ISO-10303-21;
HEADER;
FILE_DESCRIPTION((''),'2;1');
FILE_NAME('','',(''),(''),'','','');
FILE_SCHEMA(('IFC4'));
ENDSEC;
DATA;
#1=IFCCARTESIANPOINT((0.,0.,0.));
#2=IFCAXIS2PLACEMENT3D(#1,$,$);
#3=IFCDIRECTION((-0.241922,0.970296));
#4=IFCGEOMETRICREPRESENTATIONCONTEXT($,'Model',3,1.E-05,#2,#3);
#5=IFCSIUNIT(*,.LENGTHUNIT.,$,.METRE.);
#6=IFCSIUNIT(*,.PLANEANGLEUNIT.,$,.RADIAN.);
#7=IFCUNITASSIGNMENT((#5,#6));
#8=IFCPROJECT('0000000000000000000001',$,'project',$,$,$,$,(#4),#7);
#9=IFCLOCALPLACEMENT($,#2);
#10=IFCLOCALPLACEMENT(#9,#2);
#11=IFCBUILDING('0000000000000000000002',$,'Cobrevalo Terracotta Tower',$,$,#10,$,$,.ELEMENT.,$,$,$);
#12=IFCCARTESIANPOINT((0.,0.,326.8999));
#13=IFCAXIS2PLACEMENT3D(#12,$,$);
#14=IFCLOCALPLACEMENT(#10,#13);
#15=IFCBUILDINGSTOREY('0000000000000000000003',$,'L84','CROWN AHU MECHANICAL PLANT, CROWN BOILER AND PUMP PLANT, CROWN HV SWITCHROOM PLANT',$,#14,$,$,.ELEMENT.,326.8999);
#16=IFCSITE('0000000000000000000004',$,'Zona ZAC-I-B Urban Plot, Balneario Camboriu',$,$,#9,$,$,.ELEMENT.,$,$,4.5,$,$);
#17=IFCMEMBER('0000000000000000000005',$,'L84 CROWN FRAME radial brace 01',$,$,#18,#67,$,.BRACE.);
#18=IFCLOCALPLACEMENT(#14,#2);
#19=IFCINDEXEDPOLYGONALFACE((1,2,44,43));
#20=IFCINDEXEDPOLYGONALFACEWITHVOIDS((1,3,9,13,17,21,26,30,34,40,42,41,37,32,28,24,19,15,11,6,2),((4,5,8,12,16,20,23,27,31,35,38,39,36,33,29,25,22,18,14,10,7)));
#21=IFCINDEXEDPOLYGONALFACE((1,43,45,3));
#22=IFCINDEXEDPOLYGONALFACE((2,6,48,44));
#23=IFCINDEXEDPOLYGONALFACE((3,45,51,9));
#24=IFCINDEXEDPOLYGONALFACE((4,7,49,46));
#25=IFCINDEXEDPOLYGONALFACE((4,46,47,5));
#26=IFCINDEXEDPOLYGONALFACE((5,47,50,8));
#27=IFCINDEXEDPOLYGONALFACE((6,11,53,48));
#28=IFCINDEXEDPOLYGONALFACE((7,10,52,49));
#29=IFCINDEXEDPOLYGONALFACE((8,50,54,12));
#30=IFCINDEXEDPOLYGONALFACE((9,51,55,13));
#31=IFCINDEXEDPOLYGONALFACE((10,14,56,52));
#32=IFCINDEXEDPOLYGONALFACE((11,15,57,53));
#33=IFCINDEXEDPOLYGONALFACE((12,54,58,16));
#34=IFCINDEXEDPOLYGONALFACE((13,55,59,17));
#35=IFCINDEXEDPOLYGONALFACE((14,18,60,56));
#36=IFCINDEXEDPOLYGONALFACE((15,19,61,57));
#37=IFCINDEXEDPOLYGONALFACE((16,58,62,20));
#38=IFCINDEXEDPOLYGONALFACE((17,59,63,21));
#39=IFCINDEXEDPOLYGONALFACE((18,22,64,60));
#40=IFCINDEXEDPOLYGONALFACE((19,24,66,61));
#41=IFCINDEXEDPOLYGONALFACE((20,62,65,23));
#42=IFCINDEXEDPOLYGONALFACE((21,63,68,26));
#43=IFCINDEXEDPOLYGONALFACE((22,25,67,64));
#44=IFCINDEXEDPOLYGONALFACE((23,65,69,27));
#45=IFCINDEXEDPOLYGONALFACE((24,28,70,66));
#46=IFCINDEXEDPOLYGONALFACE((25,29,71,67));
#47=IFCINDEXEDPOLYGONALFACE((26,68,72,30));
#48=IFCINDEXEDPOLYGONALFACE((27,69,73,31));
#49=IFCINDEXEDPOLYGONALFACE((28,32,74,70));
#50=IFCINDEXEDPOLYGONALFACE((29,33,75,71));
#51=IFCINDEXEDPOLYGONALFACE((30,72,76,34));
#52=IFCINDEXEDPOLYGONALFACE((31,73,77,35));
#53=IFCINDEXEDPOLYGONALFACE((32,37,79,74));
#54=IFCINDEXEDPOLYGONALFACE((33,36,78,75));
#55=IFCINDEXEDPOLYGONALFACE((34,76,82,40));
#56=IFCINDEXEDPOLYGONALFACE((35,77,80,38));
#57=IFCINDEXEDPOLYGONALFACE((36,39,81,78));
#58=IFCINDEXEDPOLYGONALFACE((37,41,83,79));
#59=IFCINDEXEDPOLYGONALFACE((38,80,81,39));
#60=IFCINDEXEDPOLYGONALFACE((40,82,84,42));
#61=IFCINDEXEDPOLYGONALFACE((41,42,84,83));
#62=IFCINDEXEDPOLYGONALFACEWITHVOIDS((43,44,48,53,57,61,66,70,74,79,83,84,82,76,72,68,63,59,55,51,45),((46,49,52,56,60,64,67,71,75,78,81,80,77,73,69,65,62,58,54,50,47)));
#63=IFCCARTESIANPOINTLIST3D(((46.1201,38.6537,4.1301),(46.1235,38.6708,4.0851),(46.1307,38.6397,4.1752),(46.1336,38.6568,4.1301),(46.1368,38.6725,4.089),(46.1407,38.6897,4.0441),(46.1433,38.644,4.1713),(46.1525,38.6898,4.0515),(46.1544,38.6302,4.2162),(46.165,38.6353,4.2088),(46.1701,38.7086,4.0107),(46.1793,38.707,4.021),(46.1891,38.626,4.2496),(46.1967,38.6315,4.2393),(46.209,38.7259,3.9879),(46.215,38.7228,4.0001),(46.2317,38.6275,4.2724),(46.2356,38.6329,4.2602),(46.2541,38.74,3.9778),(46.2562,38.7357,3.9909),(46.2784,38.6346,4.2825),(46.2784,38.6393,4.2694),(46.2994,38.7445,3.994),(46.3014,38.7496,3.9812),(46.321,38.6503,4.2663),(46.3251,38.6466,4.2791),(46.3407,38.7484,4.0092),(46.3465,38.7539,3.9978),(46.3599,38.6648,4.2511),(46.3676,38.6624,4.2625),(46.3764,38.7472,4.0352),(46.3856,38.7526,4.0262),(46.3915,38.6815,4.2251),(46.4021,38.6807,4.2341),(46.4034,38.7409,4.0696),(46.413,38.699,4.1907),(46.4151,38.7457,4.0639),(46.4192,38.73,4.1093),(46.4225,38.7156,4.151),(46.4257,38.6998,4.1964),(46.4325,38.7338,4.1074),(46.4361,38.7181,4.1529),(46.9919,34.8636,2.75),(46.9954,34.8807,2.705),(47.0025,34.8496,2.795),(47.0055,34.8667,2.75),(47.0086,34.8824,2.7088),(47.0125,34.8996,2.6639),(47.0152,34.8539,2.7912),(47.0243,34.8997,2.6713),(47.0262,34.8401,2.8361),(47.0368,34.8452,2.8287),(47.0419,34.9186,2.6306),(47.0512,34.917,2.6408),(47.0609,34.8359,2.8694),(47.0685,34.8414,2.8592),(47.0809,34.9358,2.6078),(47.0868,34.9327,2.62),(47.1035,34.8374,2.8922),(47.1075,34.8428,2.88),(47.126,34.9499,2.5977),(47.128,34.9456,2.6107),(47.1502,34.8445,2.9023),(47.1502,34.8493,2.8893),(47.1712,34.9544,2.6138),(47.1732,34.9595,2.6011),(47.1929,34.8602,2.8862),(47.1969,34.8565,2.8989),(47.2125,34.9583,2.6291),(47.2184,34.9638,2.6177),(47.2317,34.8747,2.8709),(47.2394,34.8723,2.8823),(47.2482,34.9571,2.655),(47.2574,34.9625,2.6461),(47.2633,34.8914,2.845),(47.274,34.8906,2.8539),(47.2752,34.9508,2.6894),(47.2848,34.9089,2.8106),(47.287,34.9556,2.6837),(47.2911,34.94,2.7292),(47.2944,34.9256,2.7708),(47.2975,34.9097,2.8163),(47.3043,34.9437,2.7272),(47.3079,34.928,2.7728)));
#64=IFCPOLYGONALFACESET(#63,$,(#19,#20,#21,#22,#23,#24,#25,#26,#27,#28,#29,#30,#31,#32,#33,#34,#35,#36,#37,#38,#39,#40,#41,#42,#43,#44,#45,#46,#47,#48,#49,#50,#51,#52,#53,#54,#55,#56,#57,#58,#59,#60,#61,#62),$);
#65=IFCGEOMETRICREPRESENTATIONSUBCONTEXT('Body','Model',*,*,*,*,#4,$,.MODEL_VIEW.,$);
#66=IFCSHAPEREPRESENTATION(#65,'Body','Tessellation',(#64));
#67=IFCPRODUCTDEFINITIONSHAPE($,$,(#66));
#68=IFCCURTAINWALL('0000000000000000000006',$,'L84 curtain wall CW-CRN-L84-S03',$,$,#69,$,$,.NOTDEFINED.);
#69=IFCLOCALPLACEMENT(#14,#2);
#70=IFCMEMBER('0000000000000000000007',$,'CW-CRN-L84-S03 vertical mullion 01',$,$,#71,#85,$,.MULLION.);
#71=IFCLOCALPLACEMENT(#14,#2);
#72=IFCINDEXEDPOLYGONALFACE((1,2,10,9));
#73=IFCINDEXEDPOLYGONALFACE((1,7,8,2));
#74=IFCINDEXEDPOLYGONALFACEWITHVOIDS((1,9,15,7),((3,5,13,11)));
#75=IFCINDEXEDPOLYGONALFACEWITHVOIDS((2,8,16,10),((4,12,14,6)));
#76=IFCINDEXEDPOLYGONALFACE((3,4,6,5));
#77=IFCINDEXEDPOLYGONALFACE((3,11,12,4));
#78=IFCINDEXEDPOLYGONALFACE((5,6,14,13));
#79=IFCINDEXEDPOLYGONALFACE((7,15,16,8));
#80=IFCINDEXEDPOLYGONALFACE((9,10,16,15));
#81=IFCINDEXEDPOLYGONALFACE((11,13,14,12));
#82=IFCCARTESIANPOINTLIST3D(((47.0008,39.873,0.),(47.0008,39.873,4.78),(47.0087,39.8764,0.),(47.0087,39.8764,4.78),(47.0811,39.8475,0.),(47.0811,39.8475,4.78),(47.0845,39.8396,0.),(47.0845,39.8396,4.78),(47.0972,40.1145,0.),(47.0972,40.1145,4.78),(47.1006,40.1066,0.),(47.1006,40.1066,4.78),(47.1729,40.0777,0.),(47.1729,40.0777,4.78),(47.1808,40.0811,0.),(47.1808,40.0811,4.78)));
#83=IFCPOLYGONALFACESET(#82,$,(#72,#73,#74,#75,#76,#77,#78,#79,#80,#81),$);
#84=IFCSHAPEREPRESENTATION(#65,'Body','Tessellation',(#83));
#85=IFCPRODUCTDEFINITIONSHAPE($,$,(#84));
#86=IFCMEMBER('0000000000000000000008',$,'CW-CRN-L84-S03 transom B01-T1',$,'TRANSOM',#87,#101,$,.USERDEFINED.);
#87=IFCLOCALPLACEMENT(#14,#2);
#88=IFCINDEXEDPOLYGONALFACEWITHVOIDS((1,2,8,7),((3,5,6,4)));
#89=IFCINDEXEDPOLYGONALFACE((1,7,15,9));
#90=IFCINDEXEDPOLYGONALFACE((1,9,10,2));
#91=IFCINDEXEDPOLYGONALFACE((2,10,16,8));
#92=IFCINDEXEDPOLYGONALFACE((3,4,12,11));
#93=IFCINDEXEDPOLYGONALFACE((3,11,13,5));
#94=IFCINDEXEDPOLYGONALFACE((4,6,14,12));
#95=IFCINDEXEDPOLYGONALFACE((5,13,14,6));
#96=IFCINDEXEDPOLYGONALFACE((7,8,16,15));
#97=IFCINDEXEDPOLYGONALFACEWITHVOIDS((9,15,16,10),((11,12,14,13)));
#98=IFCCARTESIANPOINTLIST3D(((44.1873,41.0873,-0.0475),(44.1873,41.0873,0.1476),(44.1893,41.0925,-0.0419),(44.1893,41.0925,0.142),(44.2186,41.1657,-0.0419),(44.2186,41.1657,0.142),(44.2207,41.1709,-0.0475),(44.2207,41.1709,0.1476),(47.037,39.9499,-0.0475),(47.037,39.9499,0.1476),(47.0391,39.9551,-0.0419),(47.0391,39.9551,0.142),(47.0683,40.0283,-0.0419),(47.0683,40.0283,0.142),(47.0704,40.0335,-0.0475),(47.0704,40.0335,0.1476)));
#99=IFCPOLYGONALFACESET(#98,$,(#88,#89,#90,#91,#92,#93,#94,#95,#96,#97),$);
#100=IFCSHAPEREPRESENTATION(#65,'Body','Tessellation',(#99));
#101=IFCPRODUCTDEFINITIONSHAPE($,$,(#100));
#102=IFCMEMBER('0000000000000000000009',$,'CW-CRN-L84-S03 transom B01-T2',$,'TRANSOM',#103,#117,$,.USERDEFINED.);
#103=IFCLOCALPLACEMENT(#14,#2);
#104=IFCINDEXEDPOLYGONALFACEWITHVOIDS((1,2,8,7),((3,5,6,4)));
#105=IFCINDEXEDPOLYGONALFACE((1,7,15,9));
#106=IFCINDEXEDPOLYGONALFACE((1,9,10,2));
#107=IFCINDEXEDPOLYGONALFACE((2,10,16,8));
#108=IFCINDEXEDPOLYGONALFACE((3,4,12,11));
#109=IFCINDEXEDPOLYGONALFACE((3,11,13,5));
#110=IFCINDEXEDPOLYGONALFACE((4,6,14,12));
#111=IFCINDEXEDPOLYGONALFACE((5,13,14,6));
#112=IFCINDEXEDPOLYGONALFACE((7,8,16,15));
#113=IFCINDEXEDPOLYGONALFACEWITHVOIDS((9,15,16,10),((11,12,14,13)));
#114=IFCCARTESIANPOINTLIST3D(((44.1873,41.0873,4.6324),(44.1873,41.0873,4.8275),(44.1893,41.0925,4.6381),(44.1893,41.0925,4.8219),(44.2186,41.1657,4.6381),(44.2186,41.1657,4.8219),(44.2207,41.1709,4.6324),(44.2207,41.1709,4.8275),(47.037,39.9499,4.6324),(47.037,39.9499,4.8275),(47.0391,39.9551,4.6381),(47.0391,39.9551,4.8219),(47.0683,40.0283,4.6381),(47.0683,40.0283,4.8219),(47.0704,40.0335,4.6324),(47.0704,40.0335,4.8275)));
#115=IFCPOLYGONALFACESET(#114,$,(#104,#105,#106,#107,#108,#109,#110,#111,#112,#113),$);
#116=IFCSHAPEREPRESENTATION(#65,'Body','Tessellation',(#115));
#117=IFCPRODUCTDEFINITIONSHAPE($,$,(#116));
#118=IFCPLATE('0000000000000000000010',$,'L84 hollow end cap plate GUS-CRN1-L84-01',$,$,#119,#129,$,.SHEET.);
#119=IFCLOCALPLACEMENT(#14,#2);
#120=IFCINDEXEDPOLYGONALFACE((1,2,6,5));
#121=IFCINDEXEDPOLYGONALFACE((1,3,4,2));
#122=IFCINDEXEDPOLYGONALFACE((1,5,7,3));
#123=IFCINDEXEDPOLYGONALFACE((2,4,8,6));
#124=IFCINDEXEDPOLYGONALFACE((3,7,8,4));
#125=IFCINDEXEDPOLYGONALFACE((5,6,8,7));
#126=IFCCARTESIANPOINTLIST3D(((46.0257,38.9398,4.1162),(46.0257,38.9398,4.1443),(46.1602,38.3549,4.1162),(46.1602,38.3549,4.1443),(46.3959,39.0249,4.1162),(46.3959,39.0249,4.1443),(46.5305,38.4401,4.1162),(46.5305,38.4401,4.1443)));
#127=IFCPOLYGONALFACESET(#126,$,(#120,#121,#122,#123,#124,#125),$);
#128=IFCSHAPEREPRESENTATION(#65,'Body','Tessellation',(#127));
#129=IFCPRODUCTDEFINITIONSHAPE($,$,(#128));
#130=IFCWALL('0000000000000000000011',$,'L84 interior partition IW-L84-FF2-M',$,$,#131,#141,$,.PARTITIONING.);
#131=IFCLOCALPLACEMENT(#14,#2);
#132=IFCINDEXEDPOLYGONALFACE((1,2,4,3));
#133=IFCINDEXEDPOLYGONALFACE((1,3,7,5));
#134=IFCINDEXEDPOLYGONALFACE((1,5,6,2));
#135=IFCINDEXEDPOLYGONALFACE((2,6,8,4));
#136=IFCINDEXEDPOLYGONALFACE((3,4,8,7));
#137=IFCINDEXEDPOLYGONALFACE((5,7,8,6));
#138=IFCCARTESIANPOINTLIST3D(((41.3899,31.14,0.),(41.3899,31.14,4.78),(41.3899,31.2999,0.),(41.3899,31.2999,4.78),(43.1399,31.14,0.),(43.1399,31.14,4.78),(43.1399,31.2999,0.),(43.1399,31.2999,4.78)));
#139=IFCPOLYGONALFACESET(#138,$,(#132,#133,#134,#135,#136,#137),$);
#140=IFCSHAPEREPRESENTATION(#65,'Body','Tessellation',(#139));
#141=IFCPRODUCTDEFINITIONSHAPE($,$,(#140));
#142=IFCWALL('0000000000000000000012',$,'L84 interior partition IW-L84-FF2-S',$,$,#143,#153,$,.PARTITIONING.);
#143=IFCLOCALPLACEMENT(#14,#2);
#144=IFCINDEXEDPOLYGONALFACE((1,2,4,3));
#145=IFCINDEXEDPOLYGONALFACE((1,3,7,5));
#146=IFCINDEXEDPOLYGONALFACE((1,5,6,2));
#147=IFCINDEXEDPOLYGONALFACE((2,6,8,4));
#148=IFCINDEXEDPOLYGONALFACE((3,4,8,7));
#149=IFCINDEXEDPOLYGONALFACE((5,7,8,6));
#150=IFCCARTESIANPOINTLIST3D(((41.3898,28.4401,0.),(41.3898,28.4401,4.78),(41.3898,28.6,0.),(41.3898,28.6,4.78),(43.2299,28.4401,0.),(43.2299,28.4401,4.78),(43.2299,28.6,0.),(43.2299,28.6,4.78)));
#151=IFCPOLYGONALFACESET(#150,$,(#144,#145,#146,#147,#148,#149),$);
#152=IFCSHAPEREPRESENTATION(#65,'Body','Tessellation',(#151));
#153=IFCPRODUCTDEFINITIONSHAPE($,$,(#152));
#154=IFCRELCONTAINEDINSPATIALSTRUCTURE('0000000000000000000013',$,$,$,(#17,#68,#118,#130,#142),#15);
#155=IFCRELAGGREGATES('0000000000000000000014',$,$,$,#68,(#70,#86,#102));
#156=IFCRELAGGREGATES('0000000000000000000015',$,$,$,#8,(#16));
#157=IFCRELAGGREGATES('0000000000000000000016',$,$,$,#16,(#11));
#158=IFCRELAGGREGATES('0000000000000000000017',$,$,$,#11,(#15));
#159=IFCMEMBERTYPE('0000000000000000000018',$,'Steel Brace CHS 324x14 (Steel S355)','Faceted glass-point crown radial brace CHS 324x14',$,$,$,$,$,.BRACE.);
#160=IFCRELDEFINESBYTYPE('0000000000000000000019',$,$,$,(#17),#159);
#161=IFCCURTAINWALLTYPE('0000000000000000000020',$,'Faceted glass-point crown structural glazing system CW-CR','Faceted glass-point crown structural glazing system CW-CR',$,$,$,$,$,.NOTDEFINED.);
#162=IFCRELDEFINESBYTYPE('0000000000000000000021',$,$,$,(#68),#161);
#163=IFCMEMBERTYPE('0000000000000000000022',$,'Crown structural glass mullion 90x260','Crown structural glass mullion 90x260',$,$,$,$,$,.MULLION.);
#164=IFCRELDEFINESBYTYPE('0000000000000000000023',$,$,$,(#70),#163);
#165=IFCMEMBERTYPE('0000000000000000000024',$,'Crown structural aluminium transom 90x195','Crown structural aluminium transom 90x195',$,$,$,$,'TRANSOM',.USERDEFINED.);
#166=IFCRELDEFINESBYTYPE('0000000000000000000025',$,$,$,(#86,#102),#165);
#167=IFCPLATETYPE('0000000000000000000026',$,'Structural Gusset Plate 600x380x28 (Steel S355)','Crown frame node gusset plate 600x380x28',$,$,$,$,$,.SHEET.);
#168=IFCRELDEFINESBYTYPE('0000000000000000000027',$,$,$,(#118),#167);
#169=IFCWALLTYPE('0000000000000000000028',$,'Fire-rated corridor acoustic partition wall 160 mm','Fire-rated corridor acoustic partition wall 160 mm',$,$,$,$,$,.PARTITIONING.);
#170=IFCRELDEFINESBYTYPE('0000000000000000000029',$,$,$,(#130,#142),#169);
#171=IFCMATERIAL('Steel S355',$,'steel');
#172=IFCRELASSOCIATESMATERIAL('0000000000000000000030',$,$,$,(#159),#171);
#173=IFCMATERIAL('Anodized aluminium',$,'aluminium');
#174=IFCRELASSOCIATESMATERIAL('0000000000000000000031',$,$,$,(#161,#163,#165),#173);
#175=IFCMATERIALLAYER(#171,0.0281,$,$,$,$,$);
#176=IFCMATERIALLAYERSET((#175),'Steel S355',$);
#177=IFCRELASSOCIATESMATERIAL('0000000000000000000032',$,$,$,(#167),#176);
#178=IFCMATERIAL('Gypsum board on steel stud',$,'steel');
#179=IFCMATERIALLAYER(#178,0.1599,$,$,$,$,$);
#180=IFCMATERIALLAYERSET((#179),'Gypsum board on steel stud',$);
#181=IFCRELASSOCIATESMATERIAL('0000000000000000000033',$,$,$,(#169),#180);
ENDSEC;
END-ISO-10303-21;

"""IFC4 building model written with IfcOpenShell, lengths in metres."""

from ifc_helpers import new_model, si_unit, direction, frame, frame_2d, origin, origin_2d, place, context, subcontext, project, spatial, rectangle, hollow_rectangle, hollow_circle, extrude, source, transform, mapped, material, layer, layer_set, material_profile, profile_set, type_object, element, aggregate, save


model = new_model("IFC4")

# Units and contexts
model_context = context("Model", 3, precision=1e-05, world=origin(), true_north=direction((-0.241922, 0.970296)))
body_context = subcontext(model_context, "Body", "Model", "MODEL_VIEW")
ifc_project = project(units=[si_unit("LENGTHUNIT", "METRE"), si_unit("PLANEANGLEUNIT", "RADIAN")], contexts=[model_context])

# Site, building, storey
site_placement = place(None, origin())
site = spatial("IfcSite", under=ifc_project, at=site_placement, Name="Zona ZAC-I-B Urban Plot, Balneario Camboriu", CompositionType="ELEMENT", RefElevation=4.5)
building_placement = place(site_placement, origin())
building = spatial("IfcBuilding", under=site, at=building_placement, Name="Cobrevalo Terracotta Tower", CompositionType="ELEMENT")
storey_placement = place(building_placement, frame((0.0, 0.0, 326.8999)))
storey = spatial("IfcBuildingStorey", under=building, at=storey_placement, Name="L84", Description="CROWN AHU MECHANICAL PLANT, CROWN BOILER AND PUMP PLANT, CROWN HV SWITCHROOM PLANT", CompositionType="ELEMENT", Elevation=326.8999)

# Shared definitions
ifc_material_1 = material(Name="Steel S355", Category="steel")

# Member
ifc_material_profile_1 = material_profile(ifc_material_1, hollow_circle(Radius=0.1621, WallThickness=0.0139, at=origin_2d()), Name="CHS 324x14")
ifc_profile_set_1 = profile_set([ifc_material_profile_1], Name="Steel S355")
member_type_1 = type_object("IfcMemberType", Name="Steel Brace CHS 324x14 (Steel S355)", Description="Faceted glass-point crown radial brace CHS 324x14", PredefinedType="BRACE", material=ifc_profile_set_1)
shared_shape_1 = source(origin(), body_context, "Body", "SweptSolid", [
    extrude(hollow_circle(Radius=0.1621, WallThickness=0.0139, at=origin_2d()), origin(), (0.0, 0.0, 1.0), 4.1267),
])
member_1_placement = place(storey_placement, frame((47.1499, 34.8999, 2.75), z_axis=(-0.211267, 0.91843, 0.334443), x_axis=(-0.974549, -0.224176, 0.0)))
element("IfcMember", 1, at=member_1_placement, inside=storey, type_object=member_type_1, Name="L84 CROWN FRAME radial brace 01", PredefinedType="BRACE", context=body_context, shape_type="MappedRepresentation", body=[
    mapped(shared_shape_1, transform((0.0, 0.0, 0.0), scale=1.0)),
])

# Curtain wall, members
ifc_material_2 = material(Name="Anodized aluminium", Category="aluminium")
curtain_wall_type = type_object("IfcCurtainWallType", Name="Faceted glass-point crown structural glazing system CW-CR", Description="Faceted glass-point crown structural glazing system CW-CR", PredefinedType="NOTDEFINED", material=ifc_material_2)
curtain_wall_placement = place(storey_placement, origin())
curtain_wall = element("IfcCurtainWall", 2, at=curtain_wall_placement, inside=storey, type_object=curtain_wall_type, Name="L84 curtain wall CW-CRN-L84-S03", PredefinedType="NOTDEFINED")
ifc_material_profile_2 = material_profile(ifc_material_2, hollow_rectangle(XDim=0.0901, YDim=0.26, WallThickness=0.0061, at=origin_2d()), Name="CWM 90x260")
ifc_profile_set_2 = profile_set([ifc_material_profile_2], Name="Anodized aluminium")
member_type_2 = type_object("IfcMemberType", Name="Crown structural glass mullion 90x260", Description="Crown structural glass mullion 90x260", PredefinedType="MULLION", material=ifc_profile_set_2)
shared_shape_2 = source(origin(), body_context, "Body", "SweptSolid", [
    extrude(hollow_rectangle(XDim=0.0901, YDim=0.26, WallThickness=0.0061, at=origin_2d()), origin(), (0.0, 0.0, 1.0), 4.78),
])
member_2_placement = place(storey_placement, frame((47.0908, 39.9771, 0.0), z_axis=(0.0, 0.0, 1.0), x_axis=(-0.928771, 0.370655, 0.0)))
member_2 = element("IfcMember", 3, at=member_2_placement, type_object=member_type_2, Name="CW-CRN-L84-S03 vertical mullion 01", PredefinedType="MULLION", context=body_context, shape_type="MappedRepresentation", body=[
    mapped(shared_shape_2, transform((0.0, 0.0, 0.0), scale=1.0)),
])
ifc_material_profile_3 = material_profile(ifc_material_2, hollow_rectangle(XDim=0.0901, YDim=0.1951, WallThickness=0.0056, at=origin_2d()), Name="CWT 90x195")
ifc_profile_set_3 = profile_set([ifc_material_profile_3], Name="Anodized aluminium")
member_type_3 = type_object("IfcMemberType", Name="Crown structural aluminium transom 90x195", Description="Crown structural aluminium transom 90x195", ElementType="TRANSOM", PredefinedType="USERDEFINED", material=ifc_profile_set_3)
shared_shape_3 = source(origin(), body_context, "Body", "SweptSolid", [
    extrude(hollow_rectangle(XDim=0.0901, YDim=0.1951, WallThickness=0.0056, at=origin_2d()), origin(), (0.0, 0.0, 1.0), 3.0684),
])
member_3_placement = place(storey_placement, frame((47.0537, 39.9917, 0.05), z_axis=(-0.928756, 0.370691, 0.0), x_axis=(-0.370691, -0.928756, 0.0)))
member_3 = element("IfcMember", 4, at=member_3_placement, type_object=member_type_3, Name="CW-CRN-L84-S03 transom B01-T1", ObjectType="TRANSOM", PredefinedType="USERDEFINED", context=body_context, shape_type="MappedRepresentation", body=[
    mapped(shared_shape_3, transform((0.0, 0.0, 0.0), scale=1.0)),
])
member_4_placement = place(storey_placement, frame((47.0537, 39.9917, 4.73), z_axis=(-0.928756, 0.370691, 0.0), x_axis=(-0.370691, -0.928756, 0.0)))
member_4 = element("IfcMember", 5, at=member_4_placement, type_object=member_type_3, Name="CW-CRN-L84-S03 transom B01-T2", ObjectType="TRANSOM", PredefinedType="USERDEFINED", context=body_context, shape_type="MappedRepresentation", body=[
    mapped(shared_shape_3, transform((0.0, 0.0, 0.0), scale=1.0)),
])
aggregate(curtain_wall, [member_2, member_3, member_4])

# Plate
ifc_layer_1 = layer(ifc_material_1, 0.0281)
ifc_layer_set_1 = layer_set([ifc_layer_1], Name="Steel S355")
plate_type = type_object("IfcPlateType", Name="Structural Gusset Plate 600x380x28 (Steel S355)", Description="Crown frame node gusset plate 600x380x28", PredefinedType="SHEET", material=ifc_layer_set_1)
shared_shape_4 = source(origin(), body_context, "Body", "SweptSolid", [
    extrude(rectangle(XDim=0.6001, YDim=0.3799, at=origin_2d()), origin(), (0.0, 0.0, 1.0), 0.0281),
])
plate_placement = place(storey_placement, frame((46.2781, 38.6899, 4.1162), z_axis=(0.0, 0.0, 1.0), x_axis=(-0.224221, 0.974538, 0.0)))
element("IfcPlate", 6, at=plate_placement, inside=storey, type_object=plate_type, Name="L84 hollow end cap plate GUS-CRN1-L84-01", PredefinedType="SHEET", context=body_context, shape_type="MappedRepresentation", body=[
    mapped(shared_shape_4, transform((0.0, 0.0, 0.0), scale=1.0)),
])

# Walls
ifc_material_3 = material(Name="Gypsum board on steel stud", Category="steel")
ifc_layer_2 = layer(ifc_material_3, 0.1599)
ifc_layer_set_2 = layer_set([ifc_layer_2], Name="Gypsum board on steel stud")
wall_type_1 = type_object("IfcWallType", Name="Fire-rated corridor acoustic partition wall 160 mm", Description="Fire-rated corridor acoustic partition wall 160 mm", PredefinedType="PARTITIONING", material=ifc_layer_set_2)
wall_1_placement = place(storey_placement, frame((41.3899, 31.22, 0.0), z_axis=(0.0, 0.0, 1.0), x_axis=(1.0, 0.0, 0.0)))
element("IfcWall", 7, at=wall_1_placement, inside=storey, type_object=wall_type_1, Name="L84 interior partition IW-L84-FF2-M", PredefinedType="PARTITIONING", context=body_context, shape_type="SweptSolid", body=[
    extrude(rectangle(XDim=1.75, YDim=0.1599, at=frame_2d((0.875, 0.0))), origin(), (0.0, 0.0, 1.0), 4.78),
])
wall_2_placement = place(storey_placement, frame((41.3899, 28.52, 0.0), z_axis=(0.0, 0.0, 1.0), x_axis=(1.0, 0.0, 0.0)))
element("IfcWall", 8, at=wall_2_placement, inside=storey, type_object=wall_type_1, Name="L84 interior partition IW-L84-FF2-S", PredefinedType="PARTITIONING", context=body_context, shape_type="SweptSolid", body=[
    extrude(rectangle(XDim=1.8401, YDim=0.1599, at=frame_2d((0.9199, 0.0))), origin(), (0.0, 0.0, 1.0), 4.78),
])

save(model, "model.ifc")
